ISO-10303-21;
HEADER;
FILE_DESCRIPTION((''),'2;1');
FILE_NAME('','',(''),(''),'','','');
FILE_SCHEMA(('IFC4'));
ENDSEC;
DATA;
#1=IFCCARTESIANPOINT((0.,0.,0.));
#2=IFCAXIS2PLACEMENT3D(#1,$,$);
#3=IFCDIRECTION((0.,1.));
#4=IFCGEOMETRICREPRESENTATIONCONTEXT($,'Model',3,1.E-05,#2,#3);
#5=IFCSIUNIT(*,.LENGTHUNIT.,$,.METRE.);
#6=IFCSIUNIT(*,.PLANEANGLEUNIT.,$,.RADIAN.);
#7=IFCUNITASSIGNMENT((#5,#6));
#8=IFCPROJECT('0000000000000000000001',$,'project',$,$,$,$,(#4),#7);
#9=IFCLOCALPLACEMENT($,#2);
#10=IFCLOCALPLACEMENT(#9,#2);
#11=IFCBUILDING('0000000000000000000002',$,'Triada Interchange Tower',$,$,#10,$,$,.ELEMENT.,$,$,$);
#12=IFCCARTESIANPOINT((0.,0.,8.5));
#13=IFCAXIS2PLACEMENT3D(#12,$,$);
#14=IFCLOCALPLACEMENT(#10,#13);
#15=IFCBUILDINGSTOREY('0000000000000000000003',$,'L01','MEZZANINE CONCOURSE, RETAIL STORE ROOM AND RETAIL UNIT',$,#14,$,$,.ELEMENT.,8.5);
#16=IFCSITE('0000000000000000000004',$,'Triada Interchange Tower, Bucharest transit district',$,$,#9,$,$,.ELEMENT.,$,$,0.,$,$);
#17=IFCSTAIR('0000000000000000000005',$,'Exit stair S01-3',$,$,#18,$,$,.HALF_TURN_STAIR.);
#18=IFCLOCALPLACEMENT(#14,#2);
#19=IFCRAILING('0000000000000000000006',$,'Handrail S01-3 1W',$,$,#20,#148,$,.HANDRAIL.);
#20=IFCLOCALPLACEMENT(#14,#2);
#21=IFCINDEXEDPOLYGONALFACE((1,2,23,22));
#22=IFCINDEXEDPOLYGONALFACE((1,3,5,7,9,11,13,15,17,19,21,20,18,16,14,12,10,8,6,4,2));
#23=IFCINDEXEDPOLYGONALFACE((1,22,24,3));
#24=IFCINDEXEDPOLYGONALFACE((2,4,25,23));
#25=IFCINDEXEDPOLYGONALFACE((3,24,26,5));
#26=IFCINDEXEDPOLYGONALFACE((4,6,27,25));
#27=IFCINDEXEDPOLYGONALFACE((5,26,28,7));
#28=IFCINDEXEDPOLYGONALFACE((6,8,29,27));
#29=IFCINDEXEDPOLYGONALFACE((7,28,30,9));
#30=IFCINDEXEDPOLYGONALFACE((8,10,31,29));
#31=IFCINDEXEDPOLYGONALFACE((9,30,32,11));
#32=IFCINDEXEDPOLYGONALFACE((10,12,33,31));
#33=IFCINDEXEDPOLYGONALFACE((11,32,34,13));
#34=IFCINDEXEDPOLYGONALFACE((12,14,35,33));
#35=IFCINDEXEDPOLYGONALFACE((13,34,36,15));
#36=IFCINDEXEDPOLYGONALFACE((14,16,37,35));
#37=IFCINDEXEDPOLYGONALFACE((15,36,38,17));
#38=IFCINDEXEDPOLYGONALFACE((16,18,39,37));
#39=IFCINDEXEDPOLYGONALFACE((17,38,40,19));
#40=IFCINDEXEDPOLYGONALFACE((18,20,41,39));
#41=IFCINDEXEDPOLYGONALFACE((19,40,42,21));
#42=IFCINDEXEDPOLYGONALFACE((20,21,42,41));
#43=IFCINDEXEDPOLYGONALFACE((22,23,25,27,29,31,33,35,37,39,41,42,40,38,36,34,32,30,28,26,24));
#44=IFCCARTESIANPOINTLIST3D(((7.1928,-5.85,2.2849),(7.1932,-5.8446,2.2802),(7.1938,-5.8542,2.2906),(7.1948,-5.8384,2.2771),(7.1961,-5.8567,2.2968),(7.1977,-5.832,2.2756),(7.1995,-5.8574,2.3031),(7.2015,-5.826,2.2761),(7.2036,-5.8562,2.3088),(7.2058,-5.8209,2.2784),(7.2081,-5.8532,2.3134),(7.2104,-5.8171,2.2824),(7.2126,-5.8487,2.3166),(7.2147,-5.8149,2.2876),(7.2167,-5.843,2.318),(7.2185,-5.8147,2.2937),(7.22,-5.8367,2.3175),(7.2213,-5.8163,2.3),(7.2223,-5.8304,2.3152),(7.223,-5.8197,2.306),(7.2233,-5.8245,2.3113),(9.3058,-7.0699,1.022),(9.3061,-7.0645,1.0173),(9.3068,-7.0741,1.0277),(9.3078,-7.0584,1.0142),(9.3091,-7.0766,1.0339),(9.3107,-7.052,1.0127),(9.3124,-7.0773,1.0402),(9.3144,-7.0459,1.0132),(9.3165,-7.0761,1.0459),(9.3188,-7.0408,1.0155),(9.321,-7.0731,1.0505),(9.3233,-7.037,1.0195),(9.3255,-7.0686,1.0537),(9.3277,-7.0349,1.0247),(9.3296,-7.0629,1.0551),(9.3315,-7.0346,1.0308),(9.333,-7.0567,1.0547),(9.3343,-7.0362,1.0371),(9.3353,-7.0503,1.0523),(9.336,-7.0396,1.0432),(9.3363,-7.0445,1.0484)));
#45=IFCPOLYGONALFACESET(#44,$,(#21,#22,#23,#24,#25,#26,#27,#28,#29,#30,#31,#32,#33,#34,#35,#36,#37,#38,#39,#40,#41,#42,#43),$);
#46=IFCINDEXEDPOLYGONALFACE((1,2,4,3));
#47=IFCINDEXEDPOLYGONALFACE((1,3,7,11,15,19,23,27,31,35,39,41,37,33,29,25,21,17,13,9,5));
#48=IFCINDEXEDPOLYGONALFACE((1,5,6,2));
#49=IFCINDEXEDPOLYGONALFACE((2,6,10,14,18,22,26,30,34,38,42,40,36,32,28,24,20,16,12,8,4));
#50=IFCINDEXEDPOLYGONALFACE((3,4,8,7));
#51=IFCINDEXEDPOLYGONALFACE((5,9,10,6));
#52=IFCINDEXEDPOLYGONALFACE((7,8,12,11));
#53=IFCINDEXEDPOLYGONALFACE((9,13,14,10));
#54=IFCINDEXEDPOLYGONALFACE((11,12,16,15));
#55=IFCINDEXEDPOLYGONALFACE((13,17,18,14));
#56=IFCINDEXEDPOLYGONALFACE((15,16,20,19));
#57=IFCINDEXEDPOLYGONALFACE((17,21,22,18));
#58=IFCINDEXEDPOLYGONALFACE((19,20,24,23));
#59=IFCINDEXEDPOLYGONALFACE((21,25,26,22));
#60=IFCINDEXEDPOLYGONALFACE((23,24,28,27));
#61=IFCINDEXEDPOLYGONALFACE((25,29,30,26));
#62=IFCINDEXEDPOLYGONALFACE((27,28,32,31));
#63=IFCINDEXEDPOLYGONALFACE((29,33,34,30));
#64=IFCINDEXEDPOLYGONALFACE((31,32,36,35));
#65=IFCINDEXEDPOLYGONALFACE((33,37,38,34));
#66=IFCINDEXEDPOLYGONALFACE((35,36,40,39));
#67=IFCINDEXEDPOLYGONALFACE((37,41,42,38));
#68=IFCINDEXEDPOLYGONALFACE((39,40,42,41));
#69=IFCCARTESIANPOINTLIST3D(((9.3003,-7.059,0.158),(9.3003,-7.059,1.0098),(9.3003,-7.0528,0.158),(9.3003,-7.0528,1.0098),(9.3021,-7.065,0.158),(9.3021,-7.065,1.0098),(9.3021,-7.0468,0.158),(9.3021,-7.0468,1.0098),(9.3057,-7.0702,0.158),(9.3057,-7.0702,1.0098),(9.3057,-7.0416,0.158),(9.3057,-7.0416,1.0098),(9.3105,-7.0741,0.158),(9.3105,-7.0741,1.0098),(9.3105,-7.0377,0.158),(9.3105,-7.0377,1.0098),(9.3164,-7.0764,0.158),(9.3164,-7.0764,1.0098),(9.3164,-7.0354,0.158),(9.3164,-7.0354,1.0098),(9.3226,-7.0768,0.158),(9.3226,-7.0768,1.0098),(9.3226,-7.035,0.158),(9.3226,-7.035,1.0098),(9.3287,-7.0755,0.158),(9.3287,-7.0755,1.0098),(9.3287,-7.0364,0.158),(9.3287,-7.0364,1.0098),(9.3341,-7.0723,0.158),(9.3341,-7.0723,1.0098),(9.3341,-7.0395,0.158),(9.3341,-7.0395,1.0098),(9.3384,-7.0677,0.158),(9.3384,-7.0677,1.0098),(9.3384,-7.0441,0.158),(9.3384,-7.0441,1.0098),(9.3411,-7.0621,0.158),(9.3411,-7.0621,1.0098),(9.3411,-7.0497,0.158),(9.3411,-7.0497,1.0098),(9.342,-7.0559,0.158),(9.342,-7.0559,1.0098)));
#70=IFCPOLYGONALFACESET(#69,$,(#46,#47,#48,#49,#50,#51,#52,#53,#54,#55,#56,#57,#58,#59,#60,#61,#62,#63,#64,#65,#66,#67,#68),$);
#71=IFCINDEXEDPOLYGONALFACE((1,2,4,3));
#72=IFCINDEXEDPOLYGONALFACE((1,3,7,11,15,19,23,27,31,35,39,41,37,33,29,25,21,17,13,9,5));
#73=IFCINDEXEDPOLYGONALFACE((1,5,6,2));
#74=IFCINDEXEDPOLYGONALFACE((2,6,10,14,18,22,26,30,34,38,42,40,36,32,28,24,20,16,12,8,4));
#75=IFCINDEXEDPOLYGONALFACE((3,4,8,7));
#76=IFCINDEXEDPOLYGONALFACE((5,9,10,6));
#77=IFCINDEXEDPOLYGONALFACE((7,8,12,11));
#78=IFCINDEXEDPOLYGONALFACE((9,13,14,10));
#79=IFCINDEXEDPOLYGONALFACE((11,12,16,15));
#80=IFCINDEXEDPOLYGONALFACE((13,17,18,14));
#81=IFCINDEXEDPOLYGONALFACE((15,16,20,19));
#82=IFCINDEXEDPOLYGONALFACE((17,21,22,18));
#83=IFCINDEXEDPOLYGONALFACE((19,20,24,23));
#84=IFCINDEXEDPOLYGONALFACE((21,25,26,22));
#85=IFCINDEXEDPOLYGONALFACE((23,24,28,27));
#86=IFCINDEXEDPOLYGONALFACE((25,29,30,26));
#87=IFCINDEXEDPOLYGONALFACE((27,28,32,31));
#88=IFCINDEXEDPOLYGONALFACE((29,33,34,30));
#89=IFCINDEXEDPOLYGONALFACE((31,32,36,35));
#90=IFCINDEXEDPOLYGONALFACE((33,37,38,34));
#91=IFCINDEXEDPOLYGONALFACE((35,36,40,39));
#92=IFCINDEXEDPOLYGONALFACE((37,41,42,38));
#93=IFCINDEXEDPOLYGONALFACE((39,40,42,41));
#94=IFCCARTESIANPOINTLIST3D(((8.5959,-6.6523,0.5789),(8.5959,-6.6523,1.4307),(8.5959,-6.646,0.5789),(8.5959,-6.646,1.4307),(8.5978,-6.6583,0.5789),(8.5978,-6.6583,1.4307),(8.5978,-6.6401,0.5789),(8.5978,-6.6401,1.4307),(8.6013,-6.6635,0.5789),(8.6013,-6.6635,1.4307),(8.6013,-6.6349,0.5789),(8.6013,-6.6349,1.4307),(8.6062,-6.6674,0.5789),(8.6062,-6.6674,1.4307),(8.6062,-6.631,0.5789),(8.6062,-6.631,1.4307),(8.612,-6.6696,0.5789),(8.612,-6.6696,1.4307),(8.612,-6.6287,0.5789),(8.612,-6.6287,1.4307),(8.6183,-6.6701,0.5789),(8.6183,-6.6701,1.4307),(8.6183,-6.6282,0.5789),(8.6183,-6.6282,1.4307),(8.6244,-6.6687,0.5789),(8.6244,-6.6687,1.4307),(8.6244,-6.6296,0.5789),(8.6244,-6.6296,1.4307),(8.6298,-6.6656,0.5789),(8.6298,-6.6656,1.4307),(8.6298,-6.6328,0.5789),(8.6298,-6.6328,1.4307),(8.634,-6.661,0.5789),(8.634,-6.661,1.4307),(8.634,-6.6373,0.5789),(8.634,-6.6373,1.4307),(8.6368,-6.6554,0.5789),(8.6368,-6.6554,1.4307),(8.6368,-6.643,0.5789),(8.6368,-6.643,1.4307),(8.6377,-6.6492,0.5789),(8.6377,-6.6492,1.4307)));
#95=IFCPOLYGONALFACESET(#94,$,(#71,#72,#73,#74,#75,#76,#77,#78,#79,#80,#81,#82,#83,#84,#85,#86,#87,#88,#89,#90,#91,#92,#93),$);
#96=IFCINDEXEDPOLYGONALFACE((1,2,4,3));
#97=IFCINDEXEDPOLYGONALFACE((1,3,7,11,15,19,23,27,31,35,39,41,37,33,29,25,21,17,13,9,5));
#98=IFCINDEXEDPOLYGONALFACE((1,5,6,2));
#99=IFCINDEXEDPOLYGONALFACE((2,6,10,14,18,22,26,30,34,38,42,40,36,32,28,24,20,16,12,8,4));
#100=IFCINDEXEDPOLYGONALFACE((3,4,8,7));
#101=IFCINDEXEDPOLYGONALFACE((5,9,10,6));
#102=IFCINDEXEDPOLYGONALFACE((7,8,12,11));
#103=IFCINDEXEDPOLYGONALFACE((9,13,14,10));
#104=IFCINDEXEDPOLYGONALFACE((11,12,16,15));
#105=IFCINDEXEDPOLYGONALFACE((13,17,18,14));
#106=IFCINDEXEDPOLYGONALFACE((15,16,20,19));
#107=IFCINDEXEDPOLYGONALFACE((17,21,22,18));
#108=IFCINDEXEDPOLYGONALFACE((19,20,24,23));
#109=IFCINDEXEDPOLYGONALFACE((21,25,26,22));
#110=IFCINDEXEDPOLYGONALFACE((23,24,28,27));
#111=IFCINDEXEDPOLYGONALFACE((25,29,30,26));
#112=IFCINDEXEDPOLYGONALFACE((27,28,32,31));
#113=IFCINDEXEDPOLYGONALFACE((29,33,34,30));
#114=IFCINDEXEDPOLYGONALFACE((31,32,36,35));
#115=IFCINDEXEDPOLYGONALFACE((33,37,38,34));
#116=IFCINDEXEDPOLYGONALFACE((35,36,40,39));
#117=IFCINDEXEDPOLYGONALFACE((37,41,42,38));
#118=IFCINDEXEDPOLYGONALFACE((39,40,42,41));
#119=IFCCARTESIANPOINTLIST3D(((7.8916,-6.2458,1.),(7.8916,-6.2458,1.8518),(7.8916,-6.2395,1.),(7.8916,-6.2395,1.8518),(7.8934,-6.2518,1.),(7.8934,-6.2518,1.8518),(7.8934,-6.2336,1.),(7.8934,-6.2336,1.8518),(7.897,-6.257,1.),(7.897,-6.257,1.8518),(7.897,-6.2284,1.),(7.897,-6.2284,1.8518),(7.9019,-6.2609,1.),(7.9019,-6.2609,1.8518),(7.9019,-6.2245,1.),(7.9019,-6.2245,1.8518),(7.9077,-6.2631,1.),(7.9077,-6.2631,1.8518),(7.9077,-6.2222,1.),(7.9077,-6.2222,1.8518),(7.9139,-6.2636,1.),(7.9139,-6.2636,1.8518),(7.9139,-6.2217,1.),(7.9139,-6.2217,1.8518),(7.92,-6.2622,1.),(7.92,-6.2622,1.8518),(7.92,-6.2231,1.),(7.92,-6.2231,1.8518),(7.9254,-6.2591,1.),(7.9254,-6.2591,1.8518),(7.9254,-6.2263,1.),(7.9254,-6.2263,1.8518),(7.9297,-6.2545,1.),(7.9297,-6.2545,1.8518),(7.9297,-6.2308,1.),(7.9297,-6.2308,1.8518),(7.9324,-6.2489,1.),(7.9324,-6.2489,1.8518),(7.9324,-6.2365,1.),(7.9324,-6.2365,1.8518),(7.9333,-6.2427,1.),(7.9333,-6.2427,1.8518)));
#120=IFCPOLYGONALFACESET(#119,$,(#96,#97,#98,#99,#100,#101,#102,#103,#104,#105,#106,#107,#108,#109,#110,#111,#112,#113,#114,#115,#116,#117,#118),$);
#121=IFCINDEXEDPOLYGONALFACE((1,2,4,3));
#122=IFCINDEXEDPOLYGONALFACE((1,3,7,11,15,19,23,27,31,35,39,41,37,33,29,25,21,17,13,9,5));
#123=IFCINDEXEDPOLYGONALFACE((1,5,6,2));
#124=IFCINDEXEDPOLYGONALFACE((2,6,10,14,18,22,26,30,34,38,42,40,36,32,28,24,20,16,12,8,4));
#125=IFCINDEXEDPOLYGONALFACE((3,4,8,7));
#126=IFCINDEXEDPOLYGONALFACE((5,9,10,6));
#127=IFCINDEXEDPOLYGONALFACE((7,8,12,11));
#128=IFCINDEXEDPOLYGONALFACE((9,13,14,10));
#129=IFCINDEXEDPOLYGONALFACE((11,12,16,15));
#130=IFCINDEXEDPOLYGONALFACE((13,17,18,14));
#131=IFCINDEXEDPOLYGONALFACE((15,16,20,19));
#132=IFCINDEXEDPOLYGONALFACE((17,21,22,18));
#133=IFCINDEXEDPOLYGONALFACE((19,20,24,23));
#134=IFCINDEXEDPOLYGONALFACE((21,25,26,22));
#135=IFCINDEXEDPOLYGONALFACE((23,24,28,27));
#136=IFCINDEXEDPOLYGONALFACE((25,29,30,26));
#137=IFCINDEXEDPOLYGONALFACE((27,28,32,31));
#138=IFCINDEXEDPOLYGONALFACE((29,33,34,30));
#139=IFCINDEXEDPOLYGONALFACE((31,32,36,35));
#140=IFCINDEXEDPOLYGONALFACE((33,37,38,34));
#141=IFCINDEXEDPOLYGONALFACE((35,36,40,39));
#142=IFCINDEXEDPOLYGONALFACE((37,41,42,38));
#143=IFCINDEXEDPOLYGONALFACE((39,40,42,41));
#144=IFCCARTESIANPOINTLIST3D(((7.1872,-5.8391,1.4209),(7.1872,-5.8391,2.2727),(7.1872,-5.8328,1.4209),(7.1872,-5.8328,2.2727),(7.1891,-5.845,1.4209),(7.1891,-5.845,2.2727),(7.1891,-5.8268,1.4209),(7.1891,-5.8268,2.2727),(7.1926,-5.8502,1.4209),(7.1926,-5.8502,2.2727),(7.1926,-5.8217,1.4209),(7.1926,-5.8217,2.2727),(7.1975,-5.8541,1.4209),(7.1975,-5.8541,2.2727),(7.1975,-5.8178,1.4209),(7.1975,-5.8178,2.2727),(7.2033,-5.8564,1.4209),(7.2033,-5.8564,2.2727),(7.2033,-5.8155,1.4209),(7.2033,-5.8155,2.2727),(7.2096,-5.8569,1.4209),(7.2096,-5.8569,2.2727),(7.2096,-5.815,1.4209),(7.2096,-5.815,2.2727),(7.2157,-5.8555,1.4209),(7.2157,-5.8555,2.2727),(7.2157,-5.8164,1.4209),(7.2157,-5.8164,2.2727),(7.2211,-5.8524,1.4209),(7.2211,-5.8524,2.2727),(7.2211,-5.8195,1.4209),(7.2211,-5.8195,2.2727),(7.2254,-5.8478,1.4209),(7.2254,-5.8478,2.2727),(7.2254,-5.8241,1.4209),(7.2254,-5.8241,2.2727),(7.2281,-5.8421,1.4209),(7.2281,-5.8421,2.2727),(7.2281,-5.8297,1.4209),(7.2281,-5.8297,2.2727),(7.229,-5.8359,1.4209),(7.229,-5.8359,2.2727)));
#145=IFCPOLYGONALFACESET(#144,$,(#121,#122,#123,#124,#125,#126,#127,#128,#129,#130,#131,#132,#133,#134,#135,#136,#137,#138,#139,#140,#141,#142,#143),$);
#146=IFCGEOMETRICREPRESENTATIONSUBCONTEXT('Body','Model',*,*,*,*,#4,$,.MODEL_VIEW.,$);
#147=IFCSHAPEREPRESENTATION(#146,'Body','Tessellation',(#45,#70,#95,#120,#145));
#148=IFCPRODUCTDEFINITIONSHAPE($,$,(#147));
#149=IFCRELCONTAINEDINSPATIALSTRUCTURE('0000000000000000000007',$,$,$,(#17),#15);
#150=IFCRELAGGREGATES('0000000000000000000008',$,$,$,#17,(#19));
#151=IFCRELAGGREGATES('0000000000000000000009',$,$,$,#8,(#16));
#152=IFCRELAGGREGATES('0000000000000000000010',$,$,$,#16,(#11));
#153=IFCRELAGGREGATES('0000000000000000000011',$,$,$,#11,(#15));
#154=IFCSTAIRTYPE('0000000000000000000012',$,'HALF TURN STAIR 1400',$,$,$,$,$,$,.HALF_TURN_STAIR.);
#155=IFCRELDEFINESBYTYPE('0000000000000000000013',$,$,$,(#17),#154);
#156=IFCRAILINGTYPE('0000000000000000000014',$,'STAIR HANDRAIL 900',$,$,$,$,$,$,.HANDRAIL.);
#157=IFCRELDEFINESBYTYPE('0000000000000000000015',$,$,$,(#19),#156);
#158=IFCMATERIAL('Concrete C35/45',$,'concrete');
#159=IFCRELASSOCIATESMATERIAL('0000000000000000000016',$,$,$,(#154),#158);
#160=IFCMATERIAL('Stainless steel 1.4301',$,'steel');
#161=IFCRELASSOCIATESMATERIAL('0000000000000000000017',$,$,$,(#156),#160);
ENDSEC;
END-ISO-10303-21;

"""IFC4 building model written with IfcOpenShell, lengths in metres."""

from ifc_helpers import new_model, si_unit, direction, frame, origin, origin_2d, place, context, subcontext, project, spatial, circle, extrude, material, type_object, element, aggregate, save


model = new_model("IFC4")

# Units and contexts
model_context = context("Model", 3, precision=1e-05, world=origin(), true_north=direction((0.0, 1.0)))
body_context = subcontext(model_context, "Body", "Model", "MODEL_VIEW")
ifc_project = project(units=[si_unit("LENGTHUNIT", "METRE"), si_unit("PLANEANGLEUNIT", "RADIAN")], contexts=[model_context])

# Site, building, storey
site_placement = place(None, origin())
site = spatial("IfcSite", under=ifc_project, at=site_placement, Name="Triada Interchange Tower, Bucharest transit district", CompositionType="ELEMENT", RefElevation=0.0)
building_placement = place(site_placement, origin())
building = spatial("IfcBuilding", under=site, at=building_placement, Name="Triada Interchange Tower", CompositionType="ELEMENT")
storey_placement = place(building_placement, frame((0.0, 0.0, 8.5)))
storey = spatial("IfcBuildingStorey", under=building, at=storey_placement, Name="L01", Description="MEZZANINE CONCOURSE, RETAIL STORE ROOM AND RETAIL UNIT", CompositionType="ELEMENT", Elevation=8.5)

# Shared definitions
ifc_material_1 = material(Name="Concrete C35/45", Category="concrete")

# Stair
stair_type = type_object("IfcStairType", Name="HALF TURN STAIR 1400", PredefinedType="HALF_TURN_STAIR", material=ifc_material_1)
stair_1_placement = place(storey_placement, origin())
stair_1 = element("IfcStair", 1, at=stair_1_placement, inside=storey, type_object=stair_type, Name="Exit stair S01-3", PredefinedType="HALF_TURN_STAIR")

# Railing
ifc_material_2 = material(Name="Stainless steel 1.4301", Category="steel")
railing_type_1 = type_object("IfcRailingType", Name="STAIR HANDRAIL 900", PredefinedType="HANDRAIL", material=ifc_material_2)
railing_1_placement = place(storey_placement, frame((9.321, -7.0559, 0.158)))
railing_1 = element("IfcRailing", 2, at=railing_1_placement, type_object=railing_type_1, Name="Handrail S01-3 1W", PredefinedType="HANDRAIL", context=body_context, shape_type="SweptSolid", body=[
    extrude(circle(Radius=0.0239, at=origin_2d()), frame((0.0, 0.0, 0.876), z_axis=(-0.769101, 0.444044, 0.459683), x_axis=(-0.500003, -0.866024, 0.0)), (0.0, 0.0, 1.0), 2.7473),
    extrude(circle(Radius=0.021, at=origin_2d()), origin(), (0.0, 0.0, 1.0), 0.8518),
    extrude(circle(Radius=0.021, at=origin_2d()), frame((-0.7043, 0.4067, 0.4209)), (0.0, 0.0, 1.0), 0.8518),
    extrude(circle(Radius=0.021, at=origin_2d()), frame((-1.4087, 0.8132, 0.842)), (0.0, 0.0, 1.0), 0.8518),
    extrude(circle(Radius=0.021, at=origin_2d()), frame((-2.113, 1.22, 1.2629)), (0.0, 0.0, 1.0), 0.8518),
])
aggregate(stair_1, [railing_1])

save(model, "model.ifc")
